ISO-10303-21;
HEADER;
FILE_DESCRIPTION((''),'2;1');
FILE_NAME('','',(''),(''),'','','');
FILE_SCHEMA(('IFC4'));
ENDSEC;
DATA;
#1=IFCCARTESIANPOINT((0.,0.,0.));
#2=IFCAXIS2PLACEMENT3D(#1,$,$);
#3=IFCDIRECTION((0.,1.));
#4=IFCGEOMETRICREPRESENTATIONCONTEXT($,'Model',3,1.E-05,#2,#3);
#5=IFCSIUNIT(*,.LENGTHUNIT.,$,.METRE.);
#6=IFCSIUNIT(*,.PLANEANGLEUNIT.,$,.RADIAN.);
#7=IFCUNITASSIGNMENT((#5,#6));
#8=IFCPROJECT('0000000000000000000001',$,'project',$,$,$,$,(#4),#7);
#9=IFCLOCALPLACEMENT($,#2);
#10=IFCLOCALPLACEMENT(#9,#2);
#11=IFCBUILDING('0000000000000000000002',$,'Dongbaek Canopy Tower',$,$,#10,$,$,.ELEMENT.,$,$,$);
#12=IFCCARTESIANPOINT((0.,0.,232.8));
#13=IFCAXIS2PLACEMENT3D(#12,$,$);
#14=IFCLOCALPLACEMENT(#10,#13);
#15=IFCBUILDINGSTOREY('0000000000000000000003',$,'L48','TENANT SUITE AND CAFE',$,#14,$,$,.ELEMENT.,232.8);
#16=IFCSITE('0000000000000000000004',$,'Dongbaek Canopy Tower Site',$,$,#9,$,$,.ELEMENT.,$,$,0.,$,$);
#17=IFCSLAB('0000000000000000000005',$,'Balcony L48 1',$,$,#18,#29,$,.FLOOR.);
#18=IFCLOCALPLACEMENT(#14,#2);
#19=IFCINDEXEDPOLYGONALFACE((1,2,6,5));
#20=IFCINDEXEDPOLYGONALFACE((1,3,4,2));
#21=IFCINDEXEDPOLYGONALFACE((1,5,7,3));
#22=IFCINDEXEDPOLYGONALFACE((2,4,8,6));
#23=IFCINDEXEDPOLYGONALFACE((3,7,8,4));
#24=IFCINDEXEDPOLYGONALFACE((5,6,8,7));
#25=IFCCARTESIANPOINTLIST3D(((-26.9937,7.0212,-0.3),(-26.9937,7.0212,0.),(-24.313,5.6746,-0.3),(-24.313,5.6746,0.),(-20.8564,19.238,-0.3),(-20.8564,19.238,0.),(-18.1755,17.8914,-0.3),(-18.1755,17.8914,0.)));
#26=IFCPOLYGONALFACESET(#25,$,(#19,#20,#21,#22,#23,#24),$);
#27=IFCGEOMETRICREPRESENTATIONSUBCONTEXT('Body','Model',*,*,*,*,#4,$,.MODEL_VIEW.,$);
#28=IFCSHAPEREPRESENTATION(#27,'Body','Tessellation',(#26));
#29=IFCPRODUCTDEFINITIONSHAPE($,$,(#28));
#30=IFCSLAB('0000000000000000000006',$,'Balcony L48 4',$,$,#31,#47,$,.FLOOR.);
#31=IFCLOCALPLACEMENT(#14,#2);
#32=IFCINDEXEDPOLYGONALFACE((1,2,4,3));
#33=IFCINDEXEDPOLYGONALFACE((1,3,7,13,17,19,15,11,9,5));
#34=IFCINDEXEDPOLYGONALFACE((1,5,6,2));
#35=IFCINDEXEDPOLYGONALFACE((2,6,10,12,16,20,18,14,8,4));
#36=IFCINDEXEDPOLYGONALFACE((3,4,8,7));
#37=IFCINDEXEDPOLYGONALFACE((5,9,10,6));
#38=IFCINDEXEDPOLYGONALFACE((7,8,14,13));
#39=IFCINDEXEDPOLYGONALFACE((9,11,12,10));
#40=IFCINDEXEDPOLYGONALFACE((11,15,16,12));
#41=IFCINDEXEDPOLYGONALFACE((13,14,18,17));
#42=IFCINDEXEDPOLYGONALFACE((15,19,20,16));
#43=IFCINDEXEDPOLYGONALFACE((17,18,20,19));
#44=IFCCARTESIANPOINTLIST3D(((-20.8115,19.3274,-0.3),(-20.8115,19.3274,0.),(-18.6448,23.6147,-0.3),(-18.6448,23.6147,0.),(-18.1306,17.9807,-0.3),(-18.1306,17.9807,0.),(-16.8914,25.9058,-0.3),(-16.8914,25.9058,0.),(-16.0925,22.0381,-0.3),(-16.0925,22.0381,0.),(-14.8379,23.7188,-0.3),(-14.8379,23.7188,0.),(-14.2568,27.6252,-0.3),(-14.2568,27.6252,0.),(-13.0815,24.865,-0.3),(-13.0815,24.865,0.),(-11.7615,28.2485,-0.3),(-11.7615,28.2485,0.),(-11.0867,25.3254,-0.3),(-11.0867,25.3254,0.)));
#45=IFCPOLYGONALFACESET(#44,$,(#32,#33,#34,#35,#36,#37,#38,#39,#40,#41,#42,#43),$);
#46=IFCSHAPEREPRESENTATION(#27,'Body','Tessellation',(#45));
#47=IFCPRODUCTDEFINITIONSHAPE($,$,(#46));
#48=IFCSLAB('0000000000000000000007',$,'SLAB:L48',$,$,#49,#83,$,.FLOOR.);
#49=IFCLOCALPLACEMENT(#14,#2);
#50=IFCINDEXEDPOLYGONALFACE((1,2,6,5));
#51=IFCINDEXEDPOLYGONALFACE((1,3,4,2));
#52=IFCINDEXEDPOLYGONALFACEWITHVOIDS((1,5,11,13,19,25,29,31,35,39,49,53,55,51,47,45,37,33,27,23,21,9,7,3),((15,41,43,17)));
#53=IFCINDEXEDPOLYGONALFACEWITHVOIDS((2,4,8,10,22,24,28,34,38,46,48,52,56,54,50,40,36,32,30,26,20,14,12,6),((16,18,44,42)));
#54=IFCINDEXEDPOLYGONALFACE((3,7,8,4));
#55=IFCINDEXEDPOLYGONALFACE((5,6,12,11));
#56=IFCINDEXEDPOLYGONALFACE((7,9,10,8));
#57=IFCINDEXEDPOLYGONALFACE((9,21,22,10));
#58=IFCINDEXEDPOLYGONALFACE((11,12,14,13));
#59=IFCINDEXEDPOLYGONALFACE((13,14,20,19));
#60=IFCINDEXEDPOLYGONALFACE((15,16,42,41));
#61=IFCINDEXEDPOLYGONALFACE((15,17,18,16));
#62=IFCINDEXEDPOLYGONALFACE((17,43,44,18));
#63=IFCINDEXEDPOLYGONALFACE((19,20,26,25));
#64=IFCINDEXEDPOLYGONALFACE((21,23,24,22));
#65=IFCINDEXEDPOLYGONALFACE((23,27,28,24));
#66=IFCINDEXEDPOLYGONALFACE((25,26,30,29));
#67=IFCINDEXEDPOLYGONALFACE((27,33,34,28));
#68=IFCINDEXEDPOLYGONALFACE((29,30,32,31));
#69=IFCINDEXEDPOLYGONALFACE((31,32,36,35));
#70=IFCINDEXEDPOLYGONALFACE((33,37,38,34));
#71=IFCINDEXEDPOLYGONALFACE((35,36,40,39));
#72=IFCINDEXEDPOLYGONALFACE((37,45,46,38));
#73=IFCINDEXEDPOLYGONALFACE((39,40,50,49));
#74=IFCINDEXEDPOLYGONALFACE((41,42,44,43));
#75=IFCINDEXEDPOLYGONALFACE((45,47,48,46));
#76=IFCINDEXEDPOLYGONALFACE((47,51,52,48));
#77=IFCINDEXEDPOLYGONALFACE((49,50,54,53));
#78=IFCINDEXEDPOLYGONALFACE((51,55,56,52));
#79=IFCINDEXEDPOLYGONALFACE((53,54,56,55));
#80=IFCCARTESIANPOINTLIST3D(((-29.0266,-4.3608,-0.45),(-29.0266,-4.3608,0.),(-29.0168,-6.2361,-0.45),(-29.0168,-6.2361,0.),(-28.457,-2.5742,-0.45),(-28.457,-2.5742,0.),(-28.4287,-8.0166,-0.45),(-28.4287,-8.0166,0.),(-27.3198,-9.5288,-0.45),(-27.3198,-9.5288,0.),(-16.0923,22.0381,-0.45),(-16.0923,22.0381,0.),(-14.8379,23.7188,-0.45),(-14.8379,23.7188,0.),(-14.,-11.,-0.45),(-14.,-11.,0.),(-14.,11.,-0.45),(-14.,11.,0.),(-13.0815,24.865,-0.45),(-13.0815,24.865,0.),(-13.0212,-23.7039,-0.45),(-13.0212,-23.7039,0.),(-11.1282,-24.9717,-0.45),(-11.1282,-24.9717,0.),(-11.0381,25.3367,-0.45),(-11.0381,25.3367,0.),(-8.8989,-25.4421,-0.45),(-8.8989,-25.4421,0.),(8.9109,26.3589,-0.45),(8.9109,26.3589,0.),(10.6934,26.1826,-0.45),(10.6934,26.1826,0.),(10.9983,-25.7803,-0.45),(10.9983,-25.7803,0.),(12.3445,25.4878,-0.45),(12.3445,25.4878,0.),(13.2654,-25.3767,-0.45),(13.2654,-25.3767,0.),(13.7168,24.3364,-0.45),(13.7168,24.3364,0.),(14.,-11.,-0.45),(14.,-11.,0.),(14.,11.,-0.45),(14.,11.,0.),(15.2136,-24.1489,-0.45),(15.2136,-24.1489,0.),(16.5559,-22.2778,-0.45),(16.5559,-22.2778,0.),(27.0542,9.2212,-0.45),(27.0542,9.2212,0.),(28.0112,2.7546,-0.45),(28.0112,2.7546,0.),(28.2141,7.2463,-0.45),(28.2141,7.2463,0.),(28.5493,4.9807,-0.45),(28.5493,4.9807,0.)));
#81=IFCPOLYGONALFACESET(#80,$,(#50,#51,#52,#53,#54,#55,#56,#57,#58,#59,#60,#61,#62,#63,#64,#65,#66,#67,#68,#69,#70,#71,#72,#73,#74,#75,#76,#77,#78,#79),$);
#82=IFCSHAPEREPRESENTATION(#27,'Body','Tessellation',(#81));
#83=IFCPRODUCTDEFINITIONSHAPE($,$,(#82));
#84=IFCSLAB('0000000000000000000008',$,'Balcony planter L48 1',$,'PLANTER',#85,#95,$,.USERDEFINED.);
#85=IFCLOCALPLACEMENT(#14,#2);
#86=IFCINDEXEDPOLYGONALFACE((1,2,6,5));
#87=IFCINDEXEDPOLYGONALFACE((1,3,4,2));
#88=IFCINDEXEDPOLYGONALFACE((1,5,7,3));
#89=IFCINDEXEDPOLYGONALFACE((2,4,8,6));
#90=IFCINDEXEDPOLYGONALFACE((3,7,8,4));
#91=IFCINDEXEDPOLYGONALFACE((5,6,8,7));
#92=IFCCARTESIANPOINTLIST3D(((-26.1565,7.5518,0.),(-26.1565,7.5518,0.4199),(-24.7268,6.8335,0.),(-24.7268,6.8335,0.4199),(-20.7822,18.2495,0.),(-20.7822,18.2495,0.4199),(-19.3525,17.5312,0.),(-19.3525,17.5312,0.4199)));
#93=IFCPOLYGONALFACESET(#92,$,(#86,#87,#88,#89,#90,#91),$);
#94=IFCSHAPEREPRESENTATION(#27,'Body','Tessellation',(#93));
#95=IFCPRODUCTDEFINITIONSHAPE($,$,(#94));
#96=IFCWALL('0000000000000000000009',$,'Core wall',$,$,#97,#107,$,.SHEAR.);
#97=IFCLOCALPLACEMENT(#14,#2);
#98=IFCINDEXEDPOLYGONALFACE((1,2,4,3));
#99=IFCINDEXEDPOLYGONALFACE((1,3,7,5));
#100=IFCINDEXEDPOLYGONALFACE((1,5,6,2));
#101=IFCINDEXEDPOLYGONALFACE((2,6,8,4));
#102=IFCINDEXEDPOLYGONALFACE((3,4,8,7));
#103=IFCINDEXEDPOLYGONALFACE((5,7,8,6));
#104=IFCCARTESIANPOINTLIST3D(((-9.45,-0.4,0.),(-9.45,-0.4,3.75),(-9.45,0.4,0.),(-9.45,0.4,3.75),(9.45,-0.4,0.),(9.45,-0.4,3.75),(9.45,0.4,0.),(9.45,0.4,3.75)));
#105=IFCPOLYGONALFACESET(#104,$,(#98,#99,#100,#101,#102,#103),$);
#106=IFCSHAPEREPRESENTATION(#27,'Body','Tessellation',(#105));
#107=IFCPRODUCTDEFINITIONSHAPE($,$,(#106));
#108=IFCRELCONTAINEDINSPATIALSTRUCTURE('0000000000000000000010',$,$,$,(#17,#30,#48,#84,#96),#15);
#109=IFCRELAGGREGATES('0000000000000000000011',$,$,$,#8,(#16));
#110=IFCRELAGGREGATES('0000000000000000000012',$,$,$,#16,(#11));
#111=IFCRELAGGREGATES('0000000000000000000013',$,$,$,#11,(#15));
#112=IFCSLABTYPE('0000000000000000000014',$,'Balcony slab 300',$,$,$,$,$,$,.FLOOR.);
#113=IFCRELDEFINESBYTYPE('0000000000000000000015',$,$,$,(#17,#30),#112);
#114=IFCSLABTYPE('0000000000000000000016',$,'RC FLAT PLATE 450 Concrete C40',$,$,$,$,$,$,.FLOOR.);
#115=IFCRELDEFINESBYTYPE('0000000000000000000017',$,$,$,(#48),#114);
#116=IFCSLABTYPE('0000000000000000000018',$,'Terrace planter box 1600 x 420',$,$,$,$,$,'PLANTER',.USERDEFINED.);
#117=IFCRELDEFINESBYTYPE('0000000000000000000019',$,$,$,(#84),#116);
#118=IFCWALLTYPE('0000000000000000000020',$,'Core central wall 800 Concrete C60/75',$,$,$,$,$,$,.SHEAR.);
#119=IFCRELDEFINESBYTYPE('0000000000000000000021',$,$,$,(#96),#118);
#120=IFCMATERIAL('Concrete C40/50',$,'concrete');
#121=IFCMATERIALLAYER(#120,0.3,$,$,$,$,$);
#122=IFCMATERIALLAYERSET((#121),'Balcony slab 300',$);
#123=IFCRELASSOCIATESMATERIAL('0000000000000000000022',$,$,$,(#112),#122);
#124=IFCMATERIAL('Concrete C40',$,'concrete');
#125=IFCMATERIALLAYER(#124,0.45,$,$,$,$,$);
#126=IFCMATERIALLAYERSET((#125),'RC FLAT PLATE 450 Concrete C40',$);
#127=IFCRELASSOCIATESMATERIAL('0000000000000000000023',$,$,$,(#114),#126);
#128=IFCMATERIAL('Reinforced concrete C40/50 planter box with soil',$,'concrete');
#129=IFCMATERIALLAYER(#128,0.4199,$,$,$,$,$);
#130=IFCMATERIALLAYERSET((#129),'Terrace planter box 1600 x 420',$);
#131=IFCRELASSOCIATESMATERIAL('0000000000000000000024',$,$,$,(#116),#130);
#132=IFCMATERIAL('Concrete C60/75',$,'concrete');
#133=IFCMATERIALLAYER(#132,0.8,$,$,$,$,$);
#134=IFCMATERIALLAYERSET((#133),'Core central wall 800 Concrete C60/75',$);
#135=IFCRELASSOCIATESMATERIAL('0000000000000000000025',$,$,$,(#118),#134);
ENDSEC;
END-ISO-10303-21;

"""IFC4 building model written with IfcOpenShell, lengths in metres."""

from ifc_helpers import new_model, si_unit, direction, frame, frame_2d, origin, place, context, subcontext, project, spatial, polyline, rectangle, outline, extrude, material, layer, layer_set, type_object, element, save


model = new_model("IFC4")

# Units and contexts
model_context = context("Model", 3, precision=1e-05, world=origin(), true_north=direction((0.0, 1.0)))
body_context = subcontext(model_context, "Body", "Model", "MODEL_VIEW")
ifc_project = project(units=[si_unit("LENGTHUNIT", "METRE"), si_unit("PLANEANGLEUNIT", "RADIAN")], contexts=[model_context])

# Site, building, storey
site_placement = place(None, origin())
site = spatial("IfcSite", under=ifc_project, at=site_placement, Name="Dongbaek Canopy Tower Site", CompositionType="ELEMENT", RefElevation=0.0)
building_placement = place(site_placement, origin())
building = spatial("IfcBuilding", under=site, at=building_placement, Name="Dongbaek Canopy Tower", CompositionType="ELEMENT")
storey_placement = place(building_placement, frame((0.0, 0.0, 232.8)))
storey = spatial("IfcBuildingStorey", under=building, at=storey_placement, Name="L48", Description="TENANT SUITE AND CAFE", CompositionType="ELEMENT", Elevation=232.8)

# Slabs
ifc_material_1 = material(Name="Concrete C40/50", Category="concrete")
ifc_layer_1 = layer(ifc_material_1, 0.3)
ifc_layer_set_1 = layer_set([ifc_layer_1], Name="Balcony slab 300")
slab_type_1 = type_object("IfcSlabType", Name="Balcony slab 300", PredefinedType="FLOOR", material=ifc_layer_set_1)
slab_1_placement = place(storey_placement, frame((0.0, 0.0, -0.3)))
element("IfcSlab", 1, at=slab_1_placement, inside=storey, type_object=slab_type_1, Name="Balcony L48 1", PredefinedType="FLOOR", context=body_context, shape_type="SweptSolid", body=[
    extrude(outline(polyline([(-18.1755, 17.8914), (-24.313, 5.6746), (-26.9937, 7.0212), (-20.8564, 19.238), (-18.1755, 17.8914)])), origin(), (0.0, 0.0, 1.0), 0.3),
])
slab_2_placement = place(storey_placement, frame((0.0, 0.0, -0.3)))
element("IfcSlab", 2, at=slab_2_placement, inside=storey, type_object=slab_type_1, Name="Balcony L48 4", PredefinedType="FLOOR", context=body_context, shape_type="SweptSolid", body=[
    extrude(outline(polyline([(-11.0867, 25.3254), (-13.0815, 24.865), (-14.8379, 23.7188), (-16.0925, 22.0381), (-18.1306, 17.9807), (-20.8115, 19.3274), (-18.6448, 23.6147), (-16.8914, 25.9058), (-14.2568, 27.6252), (-11.7615, 28.2485), (-11.0867, 25.3254)])), origin(), (0.0, 0.0, 1.0), 0.3),
])
ifc_material_2 = material(Name="Concrete C40", Category="concrete")
ifc_layer_2 = layer(ifc_material_2, 0.45)
ifc_layer_set_2 = layer_set([ifc_layer_2], Name="RC FLAT PLATE 450 Concrete C40")
slab_type_2 = type_object("IfcSlabType", Name="RC FLAT PLATE 450 Concrete C40", PredefinedType="FLOOR", material=ifc_layer_set_2)
slab_3_placement = place(storey_placement, frame((0.0, 0.0, -0.45)))
element("IfcSlab", 3, at=slab_3_placement, inside=storey, type_object=slab_type_2, Name="SLAB:L48", PredefinedType="FLOOR", context=body_context, shape_type="SweptSolid", body=[
    extrude(outline(polyline([(16.5559, -22.2778), (15.2136, -24.1489), (13.2654, -25.3767), (10.9983, -25.7803), (-8.8989, -25.4421), (-11.1282, -24.9717), (-13.0212, -23.7039), (-27.3198, -9.5288), (-28.4287, -8.0166), (-29.0168, -6.2361), (-29.0266, -4.3608), (-28.457, -2.5742), (-16.0923, 22.0381), (-14.8379, 23.7188), (-13.0815, 24.865), (-11.0381, 25.3367), (8.9109, 26.3589), (10.6934, 26.1826), (12.3445, 25.4878), (13.7168, 24.3364), (27.0542, 9.2212), (28.2141, 7.2463), (28.5493, 4.9807), (28.0112, 2.7546), (16.5559, -22.2778)]), holes=[polyline([(14.0, 11.0), (-14.0, 11.0), (-14.0, -11.0), (14.0, -11.0), (14.0, 11.0)])]), origin(), (0.0, 0.0, 1.0), 0.45),
])
ifc_material_3 = material(Name="Reinforced concrete C40/50 planter box with soil", Category="concrete")
ifc_layer_3 = layer(ifc_material_3, 0.4199)
ifc_layer_set_3 = layer_set([ifc_layer_3], Name="Terrace planter box 1600 x 420")
slab_type_3 = type_object("IfcSlabType", Name="Terrace planter box 1600 x 420", ElementType="PLANTER", PredefinedType="USERDEFINED", material=ifc_layer_set_3)
slab_4_placement = place(storey_placement, origin())
element("IfcSlab", 4, at=slab_4_placement, inside=storey, type_object=slab_type_3, Name="Balcony planter L48 1", ObjectType="PLANTER", PredefinedType="USERDEFINED", context=body_context, shape_type="SweptSolid", body=[
    extrude(outline(polyline([(-19.3525, 17.5312), (-24.7268, 6.8335), (-26.1565, 7.5518), (-20.7822, 18.2495), (-19.3525, 17.5312)])), origin(), (0.0, 0.0, 1.0), 0.4199),
])

# Wall
ifc_material_4 = material(Name="Concrete C60/75", Category="concrete")
ifc_layer_4 = layer(ifc_material_4, 0.8)
ifc_layer_set_4 = layer_set([ifc_layer_4], Name="Core central wall 800 Concrete C60/75")
wall_type_1 = type_object("IfcWallType", Name="Core central wall 800 Concrete C60/75", PredefinedType="SHEAR", material=ifc_layer_set_4)
wall_1_placement = place(storey_placement, frame((-9.45, 0.0, 0.0), z_axis=(0.0, 0.0, 1.0), x_axis=(1.0, 0.0, 0.0)))
element("IfcWall", 5, at=wall_1_placement, inside=storey, type_object=wall_type_1, Name="Core wall", PredefinedType="SHEAR", context=body_context, shape_type="SweptSolid", body=[
    extrude(rectangle(XDim=18.8999, YDim=0.8, at=frame_2d((9.45, 0.0))), origin(), (0.0, 0.0, 1.0), 3.75),
])

save(model, "model.ifc")
